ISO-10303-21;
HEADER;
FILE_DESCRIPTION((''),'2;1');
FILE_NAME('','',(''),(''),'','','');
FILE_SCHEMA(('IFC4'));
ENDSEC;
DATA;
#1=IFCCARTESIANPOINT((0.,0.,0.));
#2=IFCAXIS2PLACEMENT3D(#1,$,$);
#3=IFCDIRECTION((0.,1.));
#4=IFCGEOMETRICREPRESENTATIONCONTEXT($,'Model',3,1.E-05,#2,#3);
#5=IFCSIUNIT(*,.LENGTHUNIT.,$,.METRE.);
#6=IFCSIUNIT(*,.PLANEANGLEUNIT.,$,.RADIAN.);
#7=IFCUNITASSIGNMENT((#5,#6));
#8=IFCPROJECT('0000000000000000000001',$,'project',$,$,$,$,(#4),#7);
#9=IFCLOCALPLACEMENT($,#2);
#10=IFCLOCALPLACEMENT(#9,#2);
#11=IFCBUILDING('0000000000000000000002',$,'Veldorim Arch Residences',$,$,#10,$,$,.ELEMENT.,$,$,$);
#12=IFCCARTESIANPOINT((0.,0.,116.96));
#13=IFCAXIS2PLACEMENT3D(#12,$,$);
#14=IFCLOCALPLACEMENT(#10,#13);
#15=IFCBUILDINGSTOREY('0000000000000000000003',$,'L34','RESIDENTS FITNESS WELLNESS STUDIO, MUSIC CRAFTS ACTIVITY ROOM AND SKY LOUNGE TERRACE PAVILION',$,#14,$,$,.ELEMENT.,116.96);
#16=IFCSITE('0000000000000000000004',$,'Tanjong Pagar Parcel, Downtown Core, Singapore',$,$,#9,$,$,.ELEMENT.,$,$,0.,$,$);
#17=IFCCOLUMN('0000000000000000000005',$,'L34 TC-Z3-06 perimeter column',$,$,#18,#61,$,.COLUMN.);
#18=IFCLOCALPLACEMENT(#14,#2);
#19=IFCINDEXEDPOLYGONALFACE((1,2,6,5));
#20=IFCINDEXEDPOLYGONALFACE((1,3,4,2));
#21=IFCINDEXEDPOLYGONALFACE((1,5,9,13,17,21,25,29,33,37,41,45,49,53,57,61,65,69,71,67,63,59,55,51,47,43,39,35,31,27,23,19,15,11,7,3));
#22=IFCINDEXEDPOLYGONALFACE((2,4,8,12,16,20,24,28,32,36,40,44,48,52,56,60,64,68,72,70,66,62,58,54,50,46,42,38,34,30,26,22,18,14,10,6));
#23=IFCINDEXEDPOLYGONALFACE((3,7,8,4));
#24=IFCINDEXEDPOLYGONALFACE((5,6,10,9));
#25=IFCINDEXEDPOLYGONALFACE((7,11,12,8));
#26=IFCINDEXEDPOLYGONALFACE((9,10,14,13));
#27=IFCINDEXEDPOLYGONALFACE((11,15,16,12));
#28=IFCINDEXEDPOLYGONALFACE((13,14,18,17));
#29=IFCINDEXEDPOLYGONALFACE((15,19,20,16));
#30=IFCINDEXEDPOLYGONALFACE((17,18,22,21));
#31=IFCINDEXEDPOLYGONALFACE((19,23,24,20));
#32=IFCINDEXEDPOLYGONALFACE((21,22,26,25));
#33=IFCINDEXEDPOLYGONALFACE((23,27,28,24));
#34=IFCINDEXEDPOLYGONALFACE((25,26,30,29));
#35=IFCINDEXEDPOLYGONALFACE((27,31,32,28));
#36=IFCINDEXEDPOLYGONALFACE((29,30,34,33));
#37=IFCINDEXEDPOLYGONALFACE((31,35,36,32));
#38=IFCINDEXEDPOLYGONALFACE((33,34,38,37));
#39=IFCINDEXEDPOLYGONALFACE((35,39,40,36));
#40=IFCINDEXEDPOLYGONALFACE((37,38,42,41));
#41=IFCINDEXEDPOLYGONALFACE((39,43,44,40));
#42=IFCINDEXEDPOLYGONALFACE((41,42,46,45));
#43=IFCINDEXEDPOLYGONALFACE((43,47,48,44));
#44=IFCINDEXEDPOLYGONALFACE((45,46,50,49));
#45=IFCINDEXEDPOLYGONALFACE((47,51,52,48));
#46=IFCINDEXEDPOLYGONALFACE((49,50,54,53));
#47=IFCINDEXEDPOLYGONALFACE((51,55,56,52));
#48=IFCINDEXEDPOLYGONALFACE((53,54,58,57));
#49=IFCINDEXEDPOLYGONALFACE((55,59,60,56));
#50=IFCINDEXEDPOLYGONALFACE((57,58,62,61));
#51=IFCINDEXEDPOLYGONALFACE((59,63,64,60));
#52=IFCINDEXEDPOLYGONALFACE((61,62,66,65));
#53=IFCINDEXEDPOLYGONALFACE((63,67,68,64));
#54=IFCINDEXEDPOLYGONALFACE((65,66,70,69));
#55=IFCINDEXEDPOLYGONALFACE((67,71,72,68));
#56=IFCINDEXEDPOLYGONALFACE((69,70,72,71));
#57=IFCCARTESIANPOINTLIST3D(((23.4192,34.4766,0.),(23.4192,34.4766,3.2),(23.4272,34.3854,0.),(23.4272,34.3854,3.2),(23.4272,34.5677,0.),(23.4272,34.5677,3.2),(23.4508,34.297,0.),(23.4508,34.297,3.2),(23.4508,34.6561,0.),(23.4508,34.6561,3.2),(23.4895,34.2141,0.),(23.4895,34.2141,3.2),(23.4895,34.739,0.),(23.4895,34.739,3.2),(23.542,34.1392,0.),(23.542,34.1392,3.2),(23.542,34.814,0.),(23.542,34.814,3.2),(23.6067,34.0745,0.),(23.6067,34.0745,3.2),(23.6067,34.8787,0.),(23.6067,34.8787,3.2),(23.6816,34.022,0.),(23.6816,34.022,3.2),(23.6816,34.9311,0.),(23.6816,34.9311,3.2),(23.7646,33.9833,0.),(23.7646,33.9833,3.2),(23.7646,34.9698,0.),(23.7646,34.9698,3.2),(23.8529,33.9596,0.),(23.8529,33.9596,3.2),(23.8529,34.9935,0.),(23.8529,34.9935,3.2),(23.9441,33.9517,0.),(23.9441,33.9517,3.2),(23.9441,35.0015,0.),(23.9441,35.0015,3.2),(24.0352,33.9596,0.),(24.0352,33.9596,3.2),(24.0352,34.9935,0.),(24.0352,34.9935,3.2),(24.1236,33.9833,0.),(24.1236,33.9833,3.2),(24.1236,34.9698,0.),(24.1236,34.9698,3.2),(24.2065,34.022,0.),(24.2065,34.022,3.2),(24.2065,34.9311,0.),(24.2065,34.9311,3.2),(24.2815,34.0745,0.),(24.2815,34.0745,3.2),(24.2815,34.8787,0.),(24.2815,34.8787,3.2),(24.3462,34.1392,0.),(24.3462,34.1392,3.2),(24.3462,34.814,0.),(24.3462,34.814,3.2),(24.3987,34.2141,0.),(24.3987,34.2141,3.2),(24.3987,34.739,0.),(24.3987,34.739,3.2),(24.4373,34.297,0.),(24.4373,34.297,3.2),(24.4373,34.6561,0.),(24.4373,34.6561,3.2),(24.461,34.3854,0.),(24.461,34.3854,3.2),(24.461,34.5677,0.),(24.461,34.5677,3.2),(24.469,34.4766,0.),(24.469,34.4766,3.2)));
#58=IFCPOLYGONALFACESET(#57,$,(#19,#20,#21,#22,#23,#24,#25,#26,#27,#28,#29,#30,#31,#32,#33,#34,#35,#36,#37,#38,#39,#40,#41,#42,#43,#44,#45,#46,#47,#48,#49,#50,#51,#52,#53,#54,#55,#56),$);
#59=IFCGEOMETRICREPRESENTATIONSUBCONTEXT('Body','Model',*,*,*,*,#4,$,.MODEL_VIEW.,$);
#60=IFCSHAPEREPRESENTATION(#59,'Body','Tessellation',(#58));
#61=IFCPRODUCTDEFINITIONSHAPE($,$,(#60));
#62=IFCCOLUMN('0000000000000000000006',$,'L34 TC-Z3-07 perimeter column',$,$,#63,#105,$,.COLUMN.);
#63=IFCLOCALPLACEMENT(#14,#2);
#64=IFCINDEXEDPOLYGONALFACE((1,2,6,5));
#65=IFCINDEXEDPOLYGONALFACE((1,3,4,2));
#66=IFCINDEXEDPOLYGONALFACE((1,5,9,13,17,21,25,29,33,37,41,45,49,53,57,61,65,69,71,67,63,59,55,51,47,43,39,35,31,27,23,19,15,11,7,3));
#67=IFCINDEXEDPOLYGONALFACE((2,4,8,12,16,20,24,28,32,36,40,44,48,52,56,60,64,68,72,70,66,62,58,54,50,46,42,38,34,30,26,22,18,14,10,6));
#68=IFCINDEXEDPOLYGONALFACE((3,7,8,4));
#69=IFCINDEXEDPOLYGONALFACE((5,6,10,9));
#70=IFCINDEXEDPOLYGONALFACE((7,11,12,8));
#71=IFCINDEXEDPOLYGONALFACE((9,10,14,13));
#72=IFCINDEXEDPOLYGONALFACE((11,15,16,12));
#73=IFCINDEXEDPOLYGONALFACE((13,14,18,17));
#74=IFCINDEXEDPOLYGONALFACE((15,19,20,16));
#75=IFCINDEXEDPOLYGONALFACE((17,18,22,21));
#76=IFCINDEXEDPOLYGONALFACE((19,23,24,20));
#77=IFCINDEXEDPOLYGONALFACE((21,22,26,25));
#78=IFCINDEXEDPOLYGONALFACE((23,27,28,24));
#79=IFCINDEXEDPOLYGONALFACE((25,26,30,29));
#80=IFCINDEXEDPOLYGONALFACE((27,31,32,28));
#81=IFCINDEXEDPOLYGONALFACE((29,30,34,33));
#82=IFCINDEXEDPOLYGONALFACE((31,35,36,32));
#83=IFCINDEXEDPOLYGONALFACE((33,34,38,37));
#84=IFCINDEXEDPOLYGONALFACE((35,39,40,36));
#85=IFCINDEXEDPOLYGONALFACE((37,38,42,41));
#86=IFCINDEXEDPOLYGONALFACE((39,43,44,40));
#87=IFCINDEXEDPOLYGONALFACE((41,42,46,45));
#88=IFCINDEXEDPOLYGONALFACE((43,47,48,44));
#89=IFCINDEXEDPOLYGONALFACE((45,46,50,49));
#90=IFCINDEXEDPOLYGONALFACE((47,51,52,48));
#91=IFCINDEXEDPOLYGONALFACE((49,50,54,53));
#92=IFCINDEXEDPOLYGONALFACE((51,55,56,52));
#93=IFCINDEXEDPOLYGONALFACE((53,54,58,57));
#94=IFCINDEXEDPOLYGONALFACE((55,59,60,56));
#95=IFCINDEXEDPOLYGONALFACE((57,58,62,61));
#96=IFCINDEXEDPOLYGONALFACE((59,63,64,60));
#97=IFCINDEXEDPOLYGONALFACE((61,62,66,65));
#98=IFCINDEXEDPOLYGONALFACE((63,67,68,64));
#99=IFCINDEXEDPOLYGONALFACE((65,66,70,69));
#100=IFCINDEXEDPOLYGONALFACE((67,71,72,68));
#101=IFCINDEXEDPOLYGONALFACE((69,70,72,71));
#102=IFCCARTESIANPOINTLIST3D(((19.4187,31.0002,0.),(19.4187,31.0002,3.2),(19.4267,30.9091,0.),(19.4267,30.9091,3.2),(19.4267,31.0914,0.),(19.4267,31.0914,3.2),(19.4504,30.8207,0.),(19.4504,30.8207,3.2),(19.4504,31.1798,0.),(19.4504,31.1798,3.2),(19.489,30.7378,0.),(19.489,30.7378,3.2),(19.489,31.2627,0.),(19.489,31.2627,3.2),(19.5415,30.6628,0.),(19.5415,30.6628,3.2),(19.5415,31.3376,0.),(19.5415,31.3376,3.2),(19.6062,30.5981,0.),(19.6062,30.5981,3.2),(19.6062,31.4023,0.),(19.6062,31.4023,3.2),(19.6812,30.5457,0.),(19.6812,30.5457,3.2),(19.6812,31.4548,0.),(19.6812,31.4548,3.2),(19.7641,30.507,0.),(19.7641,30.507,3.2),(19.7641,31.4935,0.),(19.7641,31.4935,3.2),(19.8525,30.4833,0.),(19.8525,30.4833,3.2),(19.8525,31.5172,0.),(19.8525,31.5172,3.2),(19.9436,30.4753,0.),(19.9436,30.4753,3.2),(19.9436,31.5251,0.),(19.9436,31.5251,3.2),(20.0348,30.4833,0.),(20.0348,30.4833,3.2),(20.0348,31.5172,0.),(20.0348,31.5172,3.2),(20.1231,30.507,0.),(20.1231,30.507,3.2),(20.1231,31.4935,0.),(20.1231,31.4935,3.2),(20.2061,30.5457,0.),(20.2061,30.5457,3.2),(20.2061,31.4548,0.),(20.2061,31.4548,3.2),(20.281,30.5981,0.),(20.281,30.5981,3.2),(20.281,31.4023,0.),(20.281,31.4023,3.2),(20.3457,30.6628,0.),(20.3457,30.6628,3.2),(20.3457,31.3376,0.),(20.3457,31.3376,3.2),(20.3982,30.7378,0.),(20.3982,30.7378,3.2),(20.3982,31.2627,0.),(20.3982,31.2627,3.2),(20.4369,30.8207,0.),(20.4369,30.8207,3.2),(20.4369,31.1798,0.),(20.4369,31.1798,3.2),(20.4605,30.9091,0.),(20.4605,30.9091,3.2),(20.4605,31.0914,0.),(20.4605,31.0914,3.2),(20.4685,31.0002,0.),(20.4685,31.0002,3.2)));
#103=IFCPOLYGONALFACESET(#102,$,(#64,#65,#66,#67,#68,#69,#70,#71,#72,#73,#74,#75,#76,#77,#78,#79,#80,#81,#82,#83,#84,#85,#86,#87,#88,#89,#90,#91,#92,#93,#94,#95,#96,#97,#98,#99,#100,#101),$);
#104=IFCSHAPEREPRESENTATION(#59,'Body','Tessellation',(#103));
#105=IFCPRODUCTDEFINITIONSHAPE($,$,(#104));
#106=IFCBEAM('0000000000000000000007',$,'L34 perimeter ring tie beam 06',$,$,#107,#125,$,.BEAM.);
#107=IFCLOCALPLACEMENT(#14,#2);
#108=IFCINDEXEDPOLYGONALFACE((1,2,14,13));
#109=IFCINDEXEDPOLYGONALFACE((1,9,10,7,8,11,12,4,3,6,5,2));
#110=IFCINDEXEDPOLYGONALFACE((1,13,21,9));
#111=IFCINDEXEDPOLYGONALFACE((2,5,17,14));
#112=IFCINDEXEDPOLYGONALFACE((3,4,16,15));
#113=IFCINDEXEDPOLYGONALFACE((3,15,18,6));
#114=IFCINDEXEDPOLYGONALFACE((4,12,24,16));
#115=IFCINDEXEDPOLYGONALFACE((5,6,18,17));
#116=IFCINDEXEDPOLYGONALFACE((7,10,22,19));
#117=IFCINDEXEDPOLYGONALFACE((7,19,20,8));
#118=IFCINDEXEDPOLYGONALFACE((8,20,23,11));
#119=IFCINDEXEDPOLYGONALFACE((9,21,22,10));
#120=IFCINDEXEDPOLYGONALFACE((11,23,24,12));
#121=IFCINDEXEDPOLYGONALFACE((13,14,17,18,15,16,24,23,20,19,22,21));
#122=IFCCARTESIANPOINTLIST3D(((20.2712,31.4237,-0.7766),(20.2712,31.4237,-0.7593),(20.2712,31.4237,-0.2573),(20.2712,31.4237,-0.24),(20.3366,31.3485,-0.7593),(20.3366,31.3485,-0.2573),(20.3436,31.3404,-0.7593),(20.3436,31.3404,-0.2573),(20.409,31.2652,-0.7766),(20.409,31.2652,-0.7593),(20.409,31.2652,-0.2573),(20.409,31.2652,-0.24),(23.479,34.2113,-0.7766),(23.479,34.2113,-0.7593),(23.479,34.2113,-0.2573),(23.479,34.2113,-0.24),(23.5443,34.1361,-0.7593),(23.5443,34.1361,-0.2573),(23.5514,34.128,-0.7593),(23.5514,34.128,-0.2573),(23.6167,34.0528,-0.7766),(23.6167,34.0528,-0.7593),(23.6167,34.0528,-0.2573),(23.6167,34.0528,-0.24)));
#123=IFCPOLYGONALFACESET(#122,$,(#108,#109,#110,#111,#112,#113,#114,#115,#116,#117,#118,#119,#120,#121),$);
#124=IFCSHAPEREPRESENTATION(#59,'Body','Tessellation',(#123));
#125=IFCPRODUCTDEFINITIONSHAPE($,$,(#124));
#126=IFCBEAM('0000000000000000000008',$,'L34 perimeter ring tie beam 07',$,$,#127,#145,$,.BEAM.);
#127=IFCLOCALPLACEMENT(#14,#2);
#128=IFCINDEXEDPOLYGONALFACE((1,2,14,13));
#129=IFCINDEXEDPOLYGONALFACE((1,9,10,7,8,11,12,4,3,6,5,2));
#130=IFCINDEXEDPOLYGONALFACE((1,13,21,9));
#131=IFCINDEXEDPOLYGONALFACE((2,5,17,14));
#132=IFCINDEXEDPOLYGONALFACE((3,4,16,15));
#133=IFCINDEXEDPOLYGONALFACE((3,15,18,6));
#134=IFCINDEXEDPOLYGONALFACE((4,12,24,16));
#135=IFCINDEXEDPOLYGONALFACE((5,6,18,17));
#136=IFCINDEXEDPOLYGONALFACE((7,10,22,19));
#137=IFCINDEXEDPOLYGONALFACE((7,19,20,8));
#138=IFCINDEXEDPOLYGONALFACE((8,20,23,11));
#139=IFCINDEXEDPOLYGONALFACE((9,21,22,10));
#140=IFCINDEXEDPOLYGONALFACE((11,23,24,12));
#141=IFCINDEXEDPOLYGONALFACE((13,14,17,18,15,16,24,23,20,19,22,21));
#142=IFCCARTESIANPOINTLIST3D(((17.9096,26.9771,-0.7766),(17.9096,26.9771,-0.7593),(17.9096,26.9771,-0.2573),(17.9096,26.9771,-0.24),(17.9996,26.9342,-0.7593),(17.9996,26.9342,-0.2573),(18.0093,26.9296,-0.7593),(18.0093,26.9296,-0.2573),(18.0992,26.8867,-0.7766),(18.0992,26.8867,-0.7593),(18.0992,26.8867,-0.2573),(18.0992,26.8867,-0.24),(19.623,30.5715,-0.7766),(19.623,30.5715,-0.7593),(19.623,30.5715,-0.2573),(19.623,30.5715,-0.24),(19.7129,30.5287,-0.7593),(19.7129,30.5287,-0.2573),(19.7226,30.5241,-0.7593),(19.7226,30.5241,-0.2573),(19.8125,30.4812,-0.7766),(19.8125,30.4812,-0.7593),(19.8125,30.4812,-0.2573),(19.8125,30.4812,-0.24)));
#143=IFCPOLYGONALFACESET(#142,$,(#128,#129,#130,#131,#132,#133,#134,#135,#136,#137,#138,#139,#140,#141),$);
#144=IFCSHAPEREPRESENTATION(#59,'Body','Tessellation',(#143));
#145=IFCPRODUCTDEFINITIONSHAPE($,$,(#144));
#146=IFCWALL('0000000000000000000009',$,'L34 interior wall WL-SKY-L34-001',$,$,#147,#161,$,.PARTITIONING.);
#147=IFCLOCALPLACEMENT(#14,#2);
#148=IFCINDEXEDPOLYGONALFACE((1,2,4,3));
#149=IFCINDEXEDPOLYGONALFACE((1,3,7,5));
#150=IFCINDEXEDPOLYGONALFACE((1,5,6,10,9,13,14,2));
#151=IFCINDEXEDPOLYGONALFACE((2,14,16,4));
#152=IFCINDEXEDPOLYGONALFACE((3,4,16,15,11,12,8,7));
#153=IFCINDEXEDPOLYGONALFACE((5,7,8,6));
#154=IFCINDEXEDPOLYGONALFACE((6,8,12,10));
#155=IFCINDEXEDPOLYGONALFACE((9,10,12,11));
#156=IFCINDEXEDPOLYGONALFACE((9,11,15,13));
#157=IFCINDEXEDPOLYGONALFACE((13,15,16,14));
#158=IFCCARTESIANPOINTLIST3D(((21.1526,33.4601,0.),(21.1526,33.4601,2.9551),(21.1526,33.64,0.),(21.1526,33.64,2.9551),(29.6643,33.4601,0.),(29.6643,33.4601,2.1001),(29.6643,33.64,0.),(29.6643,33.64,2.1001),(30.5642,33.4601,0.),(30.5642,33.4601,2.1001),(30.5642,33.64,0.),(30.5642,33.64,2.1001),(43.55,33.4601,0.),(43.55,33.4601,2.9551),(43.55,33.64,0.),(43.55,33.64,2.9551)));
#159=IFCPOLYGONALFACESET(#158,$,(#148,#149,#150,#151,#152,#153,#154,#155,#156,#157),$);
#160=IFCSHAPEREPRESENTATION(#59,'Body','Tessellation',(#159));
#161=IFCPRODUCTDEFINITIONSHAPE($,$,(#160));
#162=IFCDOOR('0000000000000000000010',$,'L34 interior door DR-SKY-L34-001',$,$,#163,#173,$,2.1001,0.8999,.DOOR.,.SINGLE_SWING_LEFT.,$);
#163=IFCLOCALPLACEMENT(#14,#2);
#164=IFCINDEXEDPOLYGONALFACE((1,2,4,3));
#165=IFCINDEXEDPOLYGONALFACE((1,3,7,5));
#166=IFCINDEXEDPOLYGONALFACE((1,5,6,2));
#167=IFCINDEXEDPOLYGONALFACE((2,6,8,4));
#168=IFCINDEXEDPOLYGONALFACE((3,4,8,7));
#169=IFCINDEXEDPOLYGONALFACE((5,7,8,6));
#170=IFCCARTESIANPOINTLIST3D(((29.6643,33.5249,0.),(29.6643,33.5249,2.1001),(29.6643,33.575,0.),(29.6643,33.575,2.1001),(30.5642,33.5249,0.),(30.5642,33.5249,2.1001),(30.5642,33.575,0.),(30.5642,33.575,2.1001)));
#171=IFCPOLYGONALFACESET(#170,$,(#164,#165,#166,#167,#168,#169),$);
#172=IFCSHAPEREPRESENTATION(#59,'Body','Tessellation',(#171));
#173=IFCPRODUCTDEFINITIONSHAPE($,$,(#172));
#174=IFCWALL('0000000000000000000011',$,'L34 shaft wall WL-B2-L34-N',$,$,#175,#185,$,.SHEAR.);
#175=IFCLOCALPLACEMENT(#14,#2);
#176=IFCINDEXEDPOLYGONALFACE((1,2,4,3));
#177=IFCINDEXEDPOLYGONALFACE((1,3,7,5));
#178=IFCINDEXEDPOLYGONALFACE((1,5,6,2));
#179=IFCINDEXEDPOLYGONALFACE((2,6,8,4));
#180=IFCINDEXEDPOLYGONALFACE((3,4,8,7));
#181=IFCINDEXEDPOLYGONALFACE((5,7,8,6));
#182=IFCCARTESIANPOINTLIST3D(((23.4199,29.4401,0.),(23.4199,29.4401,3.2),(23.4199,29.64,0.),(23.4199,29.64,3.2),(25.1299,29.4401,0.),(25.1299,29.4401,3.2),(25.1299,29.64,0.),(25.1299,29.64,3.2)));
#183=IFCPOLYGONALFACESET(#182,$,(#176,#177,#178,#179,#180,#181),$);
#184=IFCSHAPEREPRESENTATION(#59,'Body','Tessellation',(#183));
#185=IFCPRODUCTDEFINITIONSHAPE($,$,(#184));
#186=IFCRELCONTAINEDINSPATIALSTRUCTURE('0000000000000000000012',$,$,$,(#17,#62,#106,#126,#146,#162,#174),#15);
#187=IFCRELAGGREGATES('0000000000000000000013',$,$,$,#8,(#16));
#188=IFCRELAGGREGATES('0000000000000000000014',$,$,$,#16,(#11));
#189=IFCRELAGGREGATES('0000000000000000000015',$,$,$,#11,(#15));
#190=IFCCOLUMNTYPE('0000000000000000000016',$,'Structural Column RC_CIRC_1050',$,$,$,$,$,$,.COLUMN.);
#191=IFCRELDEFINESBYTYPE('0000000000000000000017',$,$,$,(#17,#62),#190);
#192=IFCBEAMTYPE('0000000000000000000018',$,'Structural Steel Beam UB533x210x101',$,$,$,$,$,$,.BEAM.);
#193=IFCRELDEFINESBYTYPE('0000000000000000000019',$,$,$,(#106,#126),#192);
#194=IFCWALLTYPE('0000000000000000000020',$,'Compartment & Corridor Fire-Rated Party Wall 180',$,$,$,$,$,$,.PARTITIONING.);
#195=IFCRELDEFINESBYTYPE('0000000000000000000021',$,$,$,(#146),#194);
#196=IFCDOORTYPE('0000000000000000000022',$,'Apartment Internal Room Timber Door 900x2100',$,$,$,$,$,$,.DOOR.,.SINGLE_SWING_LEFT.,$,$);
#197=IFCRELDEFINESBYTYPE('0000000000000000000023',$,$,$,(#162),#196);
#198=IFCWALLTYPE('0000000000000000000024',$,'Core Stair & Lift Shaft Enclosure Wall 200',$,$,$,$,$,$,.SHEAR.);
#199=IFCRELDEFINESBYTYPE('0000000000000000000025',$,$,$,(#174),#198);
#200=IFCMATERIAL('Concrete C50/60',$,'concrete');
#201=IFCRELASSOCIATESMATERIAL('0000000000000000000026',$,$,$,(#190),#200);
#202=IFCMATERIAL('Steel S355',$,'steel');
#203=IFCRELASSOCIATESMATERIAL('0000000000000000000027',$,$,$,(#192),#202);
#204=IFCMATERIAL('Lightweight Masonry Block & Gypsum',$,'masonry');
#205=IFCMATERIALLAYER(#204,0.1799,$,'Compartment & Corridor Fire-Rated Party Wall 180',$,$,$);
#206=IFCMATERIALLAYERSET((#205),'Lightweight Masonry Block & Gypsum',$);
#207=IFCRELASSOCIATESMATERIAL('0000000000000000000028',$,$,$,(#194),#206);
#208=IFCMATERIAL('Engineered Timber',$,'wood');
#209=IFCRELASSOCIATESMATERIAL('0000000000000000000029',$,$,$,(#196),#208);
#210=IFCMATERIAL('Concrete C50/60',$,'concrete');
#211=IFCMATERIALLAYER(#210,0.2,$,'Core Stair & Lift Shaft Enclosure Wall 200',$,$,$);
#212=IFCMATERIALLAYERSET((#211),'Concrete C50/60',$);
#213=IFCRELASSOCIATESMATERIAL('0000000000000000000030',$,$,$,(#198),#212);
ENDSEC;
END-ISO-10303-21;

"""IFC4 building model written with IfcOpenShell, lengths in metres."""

from ifc_helpers import new_model, si_unit, direction, frame, frame_2d, origin, origin_2d, place, context, subcontext, project, spatial, rectangle, circle, i_section, extrude, material, layer, layer_set, material_profile, profile_set, type_object, element, fill, save


model = new_model("IFC4")

# Units and contexts
model_context = context("Model", 3, precision=1e-05, world=origin(), true_north=direction((0.0, 1.0)))
body_context = subcontext(model_context, "Body", "Model", "MODEL_VIEW")
ifc_project = project(units=[si_unit("LENGTHUNIT", "METRE"), si_unit("PLANEANGLEUNIT", "RADIAN")], contexts=[model_context])

# Site, building, storey
site_placement = place(None, origin())
site = spatial("IfcSite", under=ifc_project, at=site_placement, Name="Tanjong Pagar Parcel, Downtown Core, Singapore", CompositionType="ELEMENT", RefElevation=0.0)
building_placement = place(site_placement, origin())
building = spatial("IfcBuilding", under=site, at=building_placement, Name="Veldorim Arch Residences", CompositionType="ELEMENT")
storey_placement = place(building_placement, frame((0.0, 0.0, 116.96)))
storey = spatial("IfcBuildingStorey", under=building, at=storey_placement, Name="L34", Description="RESIDENTS FITNESS WELLNESS STUDIO, MUSIC CRAFTS ACTIVITY ROOM AND SKY LOUNGE TERRACE PAVILION", CompositionType="ELEMENT", Elevation=116.96)

# Columns
ifc_material_1 = material(Name="Concrete C50/60", Category="concrete")
ifc_material_profile_1 = material_profile(ifc_material_1, circle(Radius=0.5249, at=origin_2d()), Name="RC_CIRC_1050")
ifc_profile_set_1 = profile_set([ifc_material_profile_1], Name="Concrete C50/60")
column_type = type_object("IfcColumnType", Name="Structural Column RC_CIRC_1050", PredefinedType="COLUMN", material=ifc_profile_set_1)
for number, where, z_axis, x_axis, name in (
    (1, (23.9441, 34.4766, 0.0), (0.0, 0.0, 1.0), (1.0, 0.0, 0.0), "L34 TC-Z3-06 perimeter column"),
    (2, (19.9436, 31.0002, 0.0), (0.0, 0.0, 1.0), (1.0, 0.0, 0.0), "L34 TC-Z3-07 perimeter column"),
):
    element("IfcColumn", number, at=place(storey_placement, frame(where, z_axis=z_axis, x_axis=x_axis)), inside=storey, type_object=column_type, Name=name, PredefinedType="COLUMN", context=body_context, shape_type="SweptSolid", body=[
        extrude(circle(Radius=0.5249, at=origin_2d()), origin(), (0.0, 0.0, 1.0), 3.2),
    ])

# Beams
ifc_material_2 = material(Name="Steel S355", Category="steel")
ifc_material_profile_2 = material_profile(ifc_material_2, i_section(OverallWidth=0.21, OverallDepth=0.5366, WebThickness=0.0107, FlangeThickness=0.0173, at=origin_2d()), Name="UB533x210x101")
ifc_profile_set_2 = profile_set([ifc_material_profile_2], Name="Steel S355")
beam_type = type_object("IfcBeamType", Name="Structural Steel Beam UB533x210x101", PredefinedType="BEAM", material=ifc_profile_set_2)
beam_1_placement = place(storey_placement, frame((23.5479, 34.1321, -0.5083), z_axis=(-0.754811, -0.655943, 0.0), x_axis=(0.655943, -0.754811, 0.0)))
element("IfcBeam", 3, at=beam_1_placement, inside=storey, type_object=beam_type, Name="L34 perimeter ring tie beam 06", PredefinedType="BEAM", context=body_context, shape_type="SweptSolid", body=[
    extrude(i_section(OverallWidth=0.21, OverallDepth=0.5366, WebThickness=0.0107, FlangeThickness=0.0173, at=origin_2d()), origin(), (0.0, 0.0, 1.0), 4.2498),
])
beam_2_placement = place(storey_placement, frame((19.7178, 30.5264, -0.5083), z_axis=(-0.430286, -0.902693, 0.0), x_axis=(0.902693, -0.430286, 0.0)))
element("IfcBeam", 4, at=beam_2_placement, inside=storey, type_object=beam_type, Name="L34 perimeter ring tie beam 07", PredefinedType="BEAM", context=body_context, shape_type="SweptSolid", body=[
    extrude(i_section(OverallWidth=0.21, OverallDepth=0.5366, WebThickness=0.0107, FlangeThickness=0.0173, at=origin_2d()), origin(), (0.0, 0.0, 1.0), 3.9819),
])

# Wall, opening, door
ifc_material_3 = material(Name="Lightweight Masonry Block & Gypsum", Category="masonry")
ifc_layer_1 = layer(ifc_material_3, 0.1799, Name="Compartment & Corridor Fire-Rated Party Wall 180")
ifc_layer_set_1 = layer_set([ifc_layer_1], Name="Lightweight Masonry Block & Gypsum")
wall_type_1 = type_object("IfcWallType", Name="Compartment & Corridor Fire-Rated Party Wall 180", PredefinedType="PARTITIONING", material=ifc_layer_set_1)
wall_1_placement = place(storey_placement, frame((21.1526, 33.55, 0.0), z_axis=(0.0, 0.0, 1.0), x_axis=(1.0, 0.0, 0.0)))
wall_1 = element("IfcWall", 5, at=wall_1_placement, inside=storey, type_object=wall_type_1, Name="L34 interior wall WL-SKY-L34-001", PredefinedType="PARTITIONING", context=body_context, shape_type="SweptSolid", body=[
    extrude(rectangle(XDim=22.3975, YDim=0.1799, at=frame_2d((11.1987, 0.0))), origin(), (0.0, 0.0, 1.0), 2.9551),
])
opening_1_placement = place(wall_1_placement, frame((8.5117, 0.0, 0.0)))
opening_1 = element("IfcOpeningElement", 6, at=opening_1_placement, cuts=wall_1, PredefinedType="OPENING", context=body_context, shape_type="SweptSolid", body=[
    extrude(rectangle(XDim=0.8999, YDim=2.1001, at=frame_2d((0.45, 1.05))), frame((0.0, 0.0999, 0.0), z_axis=(0.0, -1.0, 0.0), x_axis=(1.0, 0.0, 0.0)), (0.0, 0.0, 1.0), 0.2),
])
ifc_material_4 = material(Name="Engineered Timber", Category="wood")
door_type_1 = type_object("IfcDoorType", Name="Apartment Internal Room Timber Door 900x2100", OperationType="SINGLE_SWING_LEFT", PredefinedType="DOOR", material=ifc_material_4)
door_1_placement = place(opening_1_placement, origin())
door_1 = element("IfcDoor", 7, at=door_1_placement, inside=storey, type_object=door_type_1, Name="L34 interior door DR-SKY-L34-001", OperationType="SINGLE_SWING_LEFT", OverallHeight=2.1001, OverallWidth=0.8999, PredefinedType="DOOR", context=body_context, shape_type="SweptSolid", body=[
    extrude(rectangle(XDim=0.8999, YDim=2.1001, at=frame_2d((0.45, 1.05))), frame((0.0, 0.0249, 0.0), z_axis=(0.0, -1.0, 0.0), x_axis=(1.0, 0.0, 0.0)), (0.0, 0.0, 1.0), 0.05),
])
fill(opening_1, door_1)

# Wall
ifc_material_5 = material(Name="Concrete C50/60", Category="concrete")
ifc_layer_2 = layer(ifc_material_5, 0.2, Name="Core Stair & Lift Shaft Enclosure Wall 200")
ifc_layer_set_2 = layer_set([ifc_layer_2], Name="Concrete C50/60")
wall_type_2 = type_object("IfcWallType", Name="Core Stair & Lift Shaft Enclosure Wall 200", PredefinedType="SHEAR", material=ifc_layer_set_2)
wall_2_placement = place(storey_placement, frame((23.4199, 29.54, 0.0), z_axis=(0.0, 0.0, 1.0), x_axis=(1.0, 0.0, 0.0)))
element("IfcWall", 8, at=wall_2_placement, inside=storey, type_object=wall_type_2, Name="L34 shaft wall WL-B2-L34-N", PredefinedType="SHEAR", context=body_context, shape_type="SweptSolid", body=[
    extrude(rectangle(XDim=1.71, YDim=0.2, at=frame_2d((0.855, 0.0))), origin(), (0.0, 0.0, 1.0), 3.2),
])

save(model, "model.ifc")
